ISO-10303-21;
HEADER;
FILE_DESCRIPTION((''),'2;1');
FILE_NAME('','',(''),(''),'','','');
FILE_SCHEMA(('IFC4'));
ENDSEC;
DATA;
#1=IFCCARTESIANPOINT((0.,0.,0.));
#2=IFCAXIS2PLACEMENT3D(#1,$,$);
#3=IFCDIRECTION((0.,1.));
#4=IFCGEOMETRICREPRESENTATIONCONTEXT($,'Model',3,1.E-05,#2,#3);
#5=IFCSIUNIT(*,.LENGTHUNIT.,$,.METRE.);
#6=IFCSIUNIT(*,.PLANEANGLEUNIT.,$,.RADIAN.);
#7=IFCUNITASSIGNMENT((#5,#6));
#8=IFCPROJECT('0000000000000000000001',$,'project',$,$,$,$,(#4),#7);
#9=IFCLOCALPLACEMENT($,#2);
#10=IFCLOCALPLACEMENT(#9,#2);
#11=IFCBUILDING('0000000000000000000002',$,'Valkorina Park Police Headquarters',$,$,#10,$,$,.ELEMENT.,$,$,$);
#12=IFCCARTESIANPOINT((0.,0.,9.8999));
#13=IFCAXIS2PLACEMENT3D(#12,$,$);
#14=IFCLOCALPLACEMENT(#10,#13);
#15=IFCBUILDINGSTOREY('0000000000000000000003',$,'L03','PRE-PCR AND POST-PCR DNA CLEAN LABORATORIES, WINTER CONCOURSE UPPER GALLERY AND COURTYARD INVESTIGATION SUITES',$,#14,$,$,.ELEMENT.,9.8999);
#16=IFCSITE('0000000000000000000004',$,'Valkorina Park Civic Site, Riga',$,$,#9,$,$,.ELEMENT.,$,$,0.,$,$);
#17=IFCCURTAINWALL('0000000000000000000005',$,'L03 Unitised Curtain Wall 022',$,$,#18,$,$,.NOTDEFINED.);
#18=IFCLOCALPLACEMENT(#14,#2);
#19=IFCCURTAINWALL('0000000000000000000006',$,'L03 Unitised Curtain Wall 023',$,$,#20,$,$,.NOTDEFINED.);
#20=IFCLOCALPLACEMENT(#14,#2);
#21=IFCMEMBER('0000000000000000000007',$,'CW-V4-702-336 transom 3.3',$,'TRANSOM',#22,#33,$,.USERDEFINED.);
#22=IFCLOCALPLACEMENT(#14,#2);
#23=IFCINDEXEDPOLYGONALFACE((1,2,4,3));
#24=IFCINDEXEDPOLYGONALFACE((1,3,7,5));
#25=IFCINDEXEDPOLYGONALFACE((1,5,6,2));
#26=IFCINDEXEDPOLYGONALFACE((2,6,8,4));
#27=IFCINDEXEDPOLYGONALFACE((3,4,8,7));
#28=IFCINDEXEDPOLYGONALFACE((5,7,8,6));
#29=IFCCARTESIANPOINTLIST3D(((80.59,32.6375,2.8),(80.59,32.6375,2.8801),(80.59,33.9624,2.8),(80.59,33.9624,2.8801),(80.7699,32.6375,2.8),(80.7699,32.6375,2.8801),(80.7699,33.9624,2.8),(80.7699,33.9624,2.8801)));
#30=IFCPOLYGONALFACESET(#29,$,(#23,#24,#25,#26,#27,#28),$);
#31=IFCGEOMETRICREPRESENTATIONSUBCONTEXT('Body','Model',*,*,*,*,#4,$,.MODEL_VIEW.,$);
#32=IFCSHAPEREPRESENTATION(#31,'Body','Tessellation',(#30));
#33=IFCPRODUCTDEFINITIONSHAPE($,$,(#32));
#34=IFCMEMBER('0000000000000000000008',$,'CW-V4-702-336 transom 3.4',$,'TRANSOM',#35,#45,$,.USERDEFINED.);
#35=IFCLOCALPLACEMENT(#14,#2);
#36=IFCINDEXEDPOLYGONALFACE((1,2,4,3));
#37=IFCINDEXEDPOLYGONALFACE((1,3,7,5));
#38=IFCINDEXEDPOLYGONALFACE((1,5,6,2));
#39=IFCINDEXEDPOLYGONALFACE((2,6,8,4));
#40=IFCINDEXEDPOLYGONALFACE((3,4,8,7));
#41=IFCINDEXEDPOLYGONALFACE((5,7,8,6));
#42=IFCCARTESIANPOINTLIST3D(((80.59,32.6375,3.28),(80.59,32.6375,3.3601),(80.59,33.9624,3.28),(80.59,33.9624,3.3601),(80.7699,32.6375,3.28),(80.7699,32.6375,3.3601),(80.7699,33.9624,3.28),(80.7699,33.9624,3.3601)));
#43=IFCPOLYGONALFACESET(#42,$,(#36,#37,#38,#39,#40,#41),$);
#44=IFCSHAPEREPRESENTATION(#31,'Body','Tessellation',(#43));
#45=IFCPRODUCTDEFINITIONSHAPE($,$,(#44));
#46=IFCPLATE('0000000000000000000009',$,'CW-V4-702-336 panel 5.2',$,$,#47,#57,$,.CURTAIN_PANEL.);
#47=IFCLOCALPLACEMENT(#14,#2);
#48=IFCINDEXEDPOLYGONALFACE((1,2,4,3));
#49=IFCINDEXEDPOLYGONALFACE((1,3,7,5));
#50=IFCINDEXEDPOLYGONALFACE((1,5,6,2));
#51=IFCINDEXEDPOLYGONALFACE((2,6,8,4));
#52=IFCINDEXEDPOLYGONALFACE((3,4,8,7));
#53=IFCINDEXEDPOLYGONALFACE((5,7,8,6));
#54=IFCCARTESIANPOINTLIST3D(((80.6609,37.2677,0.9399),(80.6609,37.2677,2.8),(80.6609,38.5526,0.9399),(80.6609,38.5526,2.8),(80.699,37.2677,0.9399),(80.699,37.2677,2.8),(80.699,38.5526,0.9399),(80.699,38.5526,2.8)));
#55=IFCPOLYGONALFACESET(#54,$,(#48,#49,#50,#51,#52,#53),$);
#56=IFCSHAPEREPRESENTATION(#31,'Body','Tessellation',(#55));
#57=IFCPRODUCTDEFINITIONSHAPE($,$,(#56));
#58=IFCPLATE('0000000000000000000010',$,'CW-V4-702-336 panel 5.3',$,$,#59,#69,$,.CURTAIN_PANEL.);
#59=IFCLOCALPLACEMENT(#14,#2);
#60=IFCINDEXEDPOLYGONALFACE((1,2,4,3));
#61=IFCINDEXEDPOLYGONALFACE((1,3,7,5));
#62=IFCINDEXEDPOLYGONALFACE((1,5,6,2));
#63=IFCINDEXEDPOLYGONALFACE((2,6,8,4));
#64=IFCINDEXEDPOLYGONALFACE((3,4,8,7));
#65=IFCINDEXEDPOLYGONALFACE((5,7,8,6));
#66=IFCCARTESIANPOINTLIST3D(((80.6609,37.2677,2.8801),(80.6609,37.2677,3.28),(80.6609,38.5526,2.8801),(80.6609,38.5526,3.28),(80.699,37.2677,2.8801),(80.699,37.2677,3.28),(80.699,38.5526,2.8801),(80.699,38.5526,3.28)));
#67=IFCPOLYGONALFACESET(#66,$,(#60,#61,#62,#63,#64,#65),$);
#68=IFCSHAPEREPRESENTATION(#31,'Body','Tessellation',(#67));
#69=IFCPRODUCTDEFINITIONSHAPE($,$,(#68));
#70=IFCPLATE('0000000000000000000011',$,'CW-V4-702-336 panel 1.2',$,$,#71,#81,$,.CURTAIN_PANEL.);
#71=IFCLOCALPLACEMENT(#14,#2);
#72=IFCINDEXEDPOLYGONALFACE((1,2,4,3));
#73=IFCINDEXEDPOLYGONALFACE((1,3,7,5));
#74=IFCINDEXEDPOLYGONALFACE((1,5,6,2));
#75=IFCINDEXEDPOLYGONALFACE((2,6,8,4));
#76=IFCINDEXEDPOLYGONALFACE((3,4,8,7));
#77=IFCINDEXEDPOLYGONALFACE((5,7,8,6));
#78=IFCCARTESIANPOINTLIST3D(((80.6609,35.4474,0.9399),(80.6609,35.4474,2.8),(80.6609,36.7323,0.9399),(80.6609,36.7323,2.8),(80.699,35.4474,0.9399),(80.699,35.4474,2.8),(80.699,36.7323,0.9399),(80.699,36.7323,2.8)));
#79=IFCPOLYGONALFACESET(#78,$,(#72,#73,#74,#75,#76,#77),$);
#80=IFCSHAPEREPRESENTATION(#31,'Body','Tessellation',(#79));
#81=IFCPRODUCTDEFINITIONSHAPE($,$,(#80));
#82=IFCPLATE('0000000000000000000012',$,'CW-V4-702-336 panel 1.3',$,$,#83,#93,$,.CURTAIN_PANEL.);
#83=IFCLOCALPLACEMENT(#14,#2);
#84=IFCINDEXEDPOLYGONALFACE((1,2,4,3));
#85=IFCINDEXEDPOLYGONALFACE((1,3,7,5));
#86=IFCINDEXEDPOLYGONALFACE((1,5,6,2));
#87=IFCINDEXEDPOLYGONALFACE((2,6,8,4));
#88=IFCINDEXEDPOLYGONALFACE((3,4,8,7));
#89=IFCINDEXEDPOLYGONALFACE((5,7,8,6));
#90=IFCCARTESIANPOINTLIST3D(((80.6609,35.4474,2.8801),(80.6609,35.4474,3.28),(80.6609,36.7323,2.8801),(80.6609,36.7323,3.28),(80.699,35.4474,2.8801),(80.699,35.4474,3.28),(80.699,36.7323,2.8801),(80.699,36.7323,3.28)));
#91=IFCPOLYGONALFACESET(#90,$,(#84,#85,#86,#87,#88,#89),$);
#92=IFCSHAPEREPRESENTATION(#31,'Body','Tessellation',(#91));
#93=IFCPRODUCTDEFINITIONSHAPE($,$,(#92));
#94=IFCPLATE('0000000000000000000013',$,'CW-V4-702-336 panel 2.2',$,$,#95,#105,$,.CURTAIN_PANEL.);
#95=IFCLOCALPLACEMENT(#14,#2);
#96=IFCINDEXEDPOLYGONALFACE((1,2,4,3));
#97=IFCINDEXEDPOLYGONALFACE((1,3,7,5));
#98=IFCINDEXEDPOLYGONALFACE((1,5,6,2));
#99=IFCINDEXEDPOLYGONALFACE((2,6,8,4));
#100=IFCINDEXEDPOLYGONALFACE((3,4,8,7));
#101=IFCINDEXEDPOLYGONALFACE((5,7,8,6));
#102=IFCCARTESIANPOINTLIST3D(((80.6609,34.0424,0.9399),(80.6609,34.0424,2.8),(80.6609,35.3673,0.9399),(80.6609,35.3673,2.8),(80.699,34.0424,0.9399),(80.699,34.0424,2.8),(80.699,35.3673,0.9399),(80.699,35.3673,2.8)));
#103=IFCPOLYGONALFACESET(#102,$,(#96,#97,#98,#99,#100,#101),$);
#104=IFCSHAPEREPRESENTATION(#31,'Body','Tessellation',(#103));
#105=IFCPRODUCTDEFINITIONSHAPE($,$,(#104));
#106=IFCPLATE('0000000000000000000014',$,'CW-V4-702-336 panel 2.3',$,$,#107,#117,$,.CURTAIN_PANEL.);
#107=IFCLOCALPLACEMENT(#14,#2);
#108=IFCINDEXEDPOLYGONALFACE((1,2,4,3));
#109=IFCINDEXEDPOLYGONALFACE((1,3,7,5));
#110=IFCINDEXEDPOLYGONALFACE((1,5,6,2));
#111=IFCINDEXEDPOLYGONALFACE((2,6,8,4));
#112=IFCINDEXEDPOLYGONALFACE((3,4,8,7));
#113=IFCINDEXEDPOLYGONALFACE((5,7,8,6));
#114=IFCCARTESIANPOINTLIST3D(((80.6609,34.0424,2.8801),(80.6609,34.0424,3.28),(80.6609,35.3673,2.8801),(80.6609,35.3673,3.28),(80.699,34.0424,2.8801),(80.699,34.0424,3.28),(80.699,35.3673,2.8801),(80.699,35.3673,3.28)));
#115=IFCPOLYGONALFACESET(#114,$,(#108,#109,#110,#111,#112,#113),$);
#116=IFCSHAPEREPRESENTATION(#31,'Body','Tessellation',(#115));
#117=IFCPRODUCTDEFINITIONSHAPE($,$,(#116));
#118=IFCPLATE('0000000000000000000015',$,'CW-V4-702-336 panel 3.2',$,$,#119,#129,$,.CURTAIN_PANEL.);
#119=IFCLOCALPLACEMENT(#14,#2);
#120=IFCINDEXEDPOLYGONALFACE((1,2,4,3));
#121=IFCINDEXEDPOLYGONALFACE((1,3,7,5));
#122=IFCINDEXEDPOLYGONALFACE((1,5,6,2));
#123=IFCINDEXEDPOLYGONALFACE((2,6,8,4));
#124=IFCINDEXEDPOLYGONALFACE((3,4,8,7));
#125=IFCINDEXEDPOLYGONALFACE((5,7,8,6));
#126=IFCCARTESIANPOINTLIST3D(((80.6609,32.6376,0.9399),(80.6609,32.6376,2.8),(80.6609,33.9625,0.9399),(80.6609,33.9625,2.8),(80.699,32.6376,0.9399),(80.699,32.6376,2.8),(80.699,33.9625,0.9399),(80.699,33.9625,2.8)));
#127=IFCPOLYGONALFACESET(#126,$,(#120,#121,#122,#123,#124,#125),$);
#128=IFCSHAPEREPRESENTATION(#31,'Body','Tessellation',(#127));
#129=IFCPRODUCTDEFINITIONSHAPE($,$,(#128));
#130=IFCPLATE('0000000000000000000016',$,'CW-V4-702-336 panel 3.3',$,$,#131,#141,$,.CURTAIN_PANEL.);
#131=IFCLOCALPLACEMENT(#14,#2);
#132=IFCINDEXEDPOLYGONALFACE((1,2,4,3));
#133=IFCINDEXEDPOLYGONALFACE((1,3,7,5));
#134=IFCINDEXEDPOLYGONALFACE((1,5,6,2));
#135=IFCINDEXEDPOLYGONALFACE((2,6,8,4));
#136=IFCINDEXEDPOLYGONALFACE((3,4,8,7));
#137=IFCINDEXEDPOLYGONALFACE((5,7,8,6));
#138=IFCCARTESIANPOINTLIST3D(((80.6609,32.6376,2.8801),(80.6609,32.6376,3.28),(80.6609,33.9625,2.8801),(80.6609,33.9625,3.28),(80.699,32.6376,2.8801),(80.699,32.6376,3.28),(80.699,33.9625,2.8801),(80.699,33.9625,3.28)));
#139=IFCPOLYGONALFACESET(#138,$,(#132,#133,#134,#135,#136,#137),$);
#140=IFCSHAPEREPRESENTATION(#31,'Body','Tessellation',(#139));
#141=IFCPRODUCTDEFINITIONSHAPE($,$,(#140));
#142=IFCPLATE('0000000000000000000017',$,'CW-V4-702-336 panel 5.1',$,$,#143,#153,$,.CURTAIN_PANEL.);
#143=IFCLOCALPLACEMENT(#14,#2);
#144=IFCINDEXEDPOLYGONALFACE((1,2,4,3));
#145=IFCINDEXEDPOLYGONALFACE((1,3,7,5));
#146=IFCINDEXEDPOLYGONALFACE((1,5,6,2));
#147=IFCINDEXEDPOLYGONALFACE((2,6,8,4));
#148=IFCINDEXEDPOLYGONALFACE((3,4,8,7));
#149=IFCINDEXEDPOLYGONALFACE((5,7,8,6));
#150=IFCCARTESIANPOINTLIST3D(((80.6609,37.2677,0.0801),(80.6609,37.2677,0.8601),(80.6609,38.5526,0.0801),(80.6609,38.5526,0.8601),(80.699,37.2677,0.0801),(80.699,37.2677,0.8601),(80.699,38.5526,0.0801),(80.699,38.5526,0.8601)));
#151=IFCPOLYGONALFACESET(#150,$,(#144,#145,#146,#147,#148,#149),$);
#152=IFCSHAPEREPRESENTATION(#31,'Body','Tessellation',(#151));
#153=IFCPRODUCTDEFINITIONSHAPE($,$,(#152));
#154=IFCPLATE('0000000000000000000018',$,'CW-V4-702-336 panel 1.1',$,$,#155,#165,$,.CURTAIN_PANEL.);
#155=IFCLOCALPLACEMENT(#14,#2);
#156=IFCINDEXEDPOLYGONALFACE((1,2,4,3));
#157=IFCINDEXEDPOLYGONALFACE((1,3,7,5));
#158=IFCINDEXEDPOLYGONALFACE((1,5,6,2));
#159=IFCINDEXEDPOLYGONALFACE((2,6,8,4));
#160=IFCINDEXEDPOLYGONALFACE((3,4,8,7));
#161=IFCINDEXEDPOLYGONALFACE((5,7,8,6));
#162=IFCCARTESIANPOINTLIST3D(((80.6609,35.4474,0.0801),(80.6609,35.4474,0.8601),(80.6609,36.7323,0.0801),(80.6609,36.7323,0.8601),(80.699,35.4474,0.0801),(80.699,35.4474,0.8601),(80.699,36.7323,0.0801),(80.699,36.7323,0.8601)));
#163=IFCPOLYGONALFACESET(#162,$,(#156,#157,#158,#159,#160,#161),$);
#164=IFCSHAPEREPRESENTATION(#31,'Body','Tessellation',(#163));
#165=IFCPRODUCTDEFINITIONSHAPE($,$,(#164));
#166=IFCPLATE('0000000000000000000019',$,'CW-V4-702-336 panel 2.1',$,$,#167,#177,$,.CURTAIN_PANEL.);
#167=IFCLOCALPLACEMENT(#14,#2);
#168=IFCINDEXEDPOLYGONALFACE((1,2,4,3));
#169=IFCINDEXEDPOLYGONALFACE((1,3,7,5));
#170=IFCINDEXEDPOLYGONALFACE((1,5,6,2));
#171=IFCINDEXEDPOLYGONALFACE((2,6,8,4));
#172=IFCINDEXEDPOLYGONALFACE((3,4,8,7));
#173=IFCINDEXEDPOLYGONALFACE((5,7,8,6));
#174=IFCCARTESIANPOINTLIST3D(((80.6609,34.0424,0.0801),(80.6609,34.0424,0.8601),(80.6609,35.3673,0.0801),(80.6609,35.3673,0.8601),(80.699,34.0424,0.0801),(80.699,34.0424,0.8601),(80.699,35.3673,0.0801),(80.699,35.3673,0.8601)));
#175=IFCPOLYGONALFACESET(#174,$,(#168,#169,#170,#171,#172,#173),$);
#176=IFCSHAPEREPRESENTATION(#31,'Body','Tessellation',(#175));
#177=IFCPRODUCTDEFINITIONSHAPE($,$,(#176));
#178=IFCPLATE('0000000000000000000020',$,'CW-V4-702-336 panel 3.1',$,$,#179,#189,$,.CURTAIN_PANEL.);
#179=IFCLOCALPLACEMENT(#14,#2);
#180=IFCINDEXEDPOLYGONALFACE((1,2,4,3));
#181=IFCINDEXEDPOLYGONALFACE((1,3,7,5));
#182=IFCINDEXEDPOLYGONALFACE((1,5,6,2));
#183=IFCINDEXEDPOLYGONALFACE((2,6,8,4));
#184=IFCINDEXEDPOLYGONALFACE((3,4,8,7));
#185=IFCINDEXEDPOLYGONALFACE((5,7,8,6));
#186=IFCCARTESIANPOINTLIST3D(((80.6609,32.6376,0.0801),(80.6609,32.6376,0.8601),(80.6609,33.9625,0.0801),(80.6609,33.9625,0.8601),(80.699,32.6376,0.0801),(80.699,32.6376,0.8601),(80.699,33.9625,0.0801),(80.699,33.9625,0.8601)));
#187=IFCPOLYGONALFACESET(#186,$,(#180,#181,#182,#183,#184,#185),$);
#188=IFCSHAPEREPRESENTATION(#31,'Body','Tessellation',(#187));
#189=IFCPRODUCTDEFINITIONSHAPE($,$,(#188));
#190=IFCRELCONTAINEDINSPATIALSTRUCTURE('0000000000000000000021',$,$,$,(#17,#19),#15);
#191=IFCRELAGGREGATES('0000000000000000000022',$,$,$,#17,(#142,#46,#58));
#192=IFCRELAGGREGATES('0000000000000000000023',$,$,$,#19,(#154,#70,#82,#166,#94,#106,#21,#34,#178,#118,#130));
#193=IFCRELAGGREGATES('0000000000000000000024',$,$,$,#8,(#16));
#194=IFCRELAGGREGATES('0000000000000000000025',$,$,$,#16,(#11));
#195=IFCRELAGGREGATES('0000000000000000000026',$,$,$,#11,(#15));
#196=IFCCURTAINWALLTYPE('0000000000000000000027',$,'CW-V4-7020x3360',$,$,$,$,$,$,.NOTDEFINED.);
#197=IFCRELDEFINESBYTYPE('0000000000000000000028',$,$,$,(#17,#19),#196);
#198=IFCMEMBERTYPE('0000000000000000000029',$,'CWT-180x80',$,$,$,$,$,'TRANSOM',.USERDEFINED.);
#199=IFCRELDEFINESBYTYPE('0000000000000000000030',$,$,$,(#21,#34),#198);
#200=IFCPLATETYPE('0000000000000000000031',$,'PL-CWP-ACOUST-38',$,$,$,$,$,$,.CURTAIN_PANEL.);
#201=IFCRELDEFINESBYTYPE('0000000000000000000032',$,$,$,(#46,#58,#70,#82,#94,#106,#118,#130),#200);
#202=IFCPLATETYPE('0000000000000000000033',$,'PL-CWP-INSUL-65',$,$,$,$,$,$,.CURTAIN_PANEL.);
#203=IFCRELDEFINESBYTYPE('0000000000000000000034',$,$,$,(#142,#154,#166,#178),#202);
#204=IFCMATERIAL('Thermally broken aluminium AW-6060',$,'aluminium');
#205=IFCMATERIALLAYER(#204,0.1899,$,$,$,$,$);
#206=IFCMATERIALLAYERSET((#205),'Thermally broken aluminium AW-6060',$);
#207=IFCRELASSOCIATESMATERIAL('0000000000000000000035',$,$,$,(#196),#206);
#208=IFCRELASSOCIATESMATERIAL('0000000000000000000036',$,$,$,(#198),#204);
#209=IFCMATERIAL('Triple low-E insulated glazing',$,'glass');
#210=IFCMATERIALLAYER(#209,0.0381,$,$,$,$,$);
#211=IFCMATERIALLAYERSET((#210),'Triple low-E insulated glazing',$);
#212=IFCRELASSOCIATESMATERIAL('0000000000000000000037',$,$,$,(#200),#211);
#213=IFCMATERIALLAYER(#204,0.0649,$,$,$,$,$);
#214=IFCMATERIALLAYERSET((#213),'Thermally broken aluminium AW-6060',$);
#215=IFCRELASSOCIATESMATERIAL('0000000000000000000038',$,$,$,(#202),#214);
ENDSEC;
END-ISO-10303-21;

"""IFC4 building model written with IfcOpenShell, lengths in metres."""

from ifc_helpers import new_model, si_unit, direction, frame, origin, origin_2d, place, context, subcontext, project, spatial, rectangle, extrude, material, layer, layer_set, material_profile, profile_set, type_object, element, aggregate, save


model = new_model("IFC4")

# Units and contexts
model_context = context("Model", 3, precision=1e-05, world=origin(), true_north=direction((0.0, 1.0)))
body_context = subcontext(model_context, "Body", "Model", "MODEL_VIEW")
ifc_project = project(units=[si_unit("LENGTHUNIT", "METRE"), si_unit("PLANEANGLEUNIT", "RADIAN")], contexts=[model_context])

# Site, building, storey
site_placement = place(None, origin())
site = spatial("IfcSite", under=ifc_project, at=site_placement, Name="Valkorina Park Civic Site, Riga", CompositionType="ELEMENT", RefElevation=0.0)
building_placement = place(site_placement, origin())
building = spatial("IfcBuilding", under=site, at=building_placement, Name="Valkorina Park Police Headquarters", CompositionType="ELEMENT")
storey_placement = place(building_placement, frame((0.0, 0.0, 9.8999)))
storey = spatial("IfcBuildingStorey", under=building, at=storey_placement, Name="L03", Description="PRE-PCR AND POST-PCR DNA CLEAN LABORATORIES, WINTER CONCOURSE UPPER GALLERY AND COURTYARD INVESTIGATION SUITES", CompositionType="ELEMENT", Elevation=9.8999)

# Curtain wall
ifc_material_1 = material(Name="Thermally broken aluminium AW-6060", Category="aluminium")
ifc_layer_1 = layer(ifc_material_1, 0.1899)
ifc_layer_set_1 = layer_set([ifc_layer_1], Name="Thermally broken aluminium AW-6060")
curtain_wall_type = type_object("IfcCurtainWallType", Name="CW-V4-7020x3360", PredefinedType="NOTDEFINED", material=ifc_layer_set_1)
curtain_wall_1_placement = place(storey_placement, origin())
curtain_wall_1 = element("IfcCurtainWall", 1, at=curtain_wall_1_placement, inside=storey, type_object=curtain_wall_type, Name="L03 Unitised Curtain Wall 022", PredefinedType="NOTDEFINED")

# Curtain wall
curtain_wall_2_placement = place(storey_placement, origin())
curtain_wall_2 = element("IfcCurtainWall", 2, at=curtain_wall_2_placement, inside=storey, type_object=curtain_wall_type, Name="L03 Unitised Curtain Wall 023", PredefinedType="NOTDEFINED")

# Members
ifc_material_profile_1 = material_profile(ifc_material_1, rectangle(XDim=0.1799, YDim=0.0801, at=origin_2d()), Name="CWT-03 180x80")
ifc_profile_set_1 = profile_set([ifc_material_profile_1], Name="Thermally broken aluminium AW-6060")
member_type_1 = type_object("IfcMemberType", Name="CWT-180x80", ElementType="TRANSOM", PredefinedType="USERDEFINED", material=ifc_profile_set_1)
member_1_placement = place(storey_placement, frame((80.6799, 33.9624, 2.8401), z_axis=(0.0, -1.0, 0.0), x_axis=(1.0, 0.0, 0.0)))
member_1 = element("IfcMember", 3, at=member_1_placement, type_object=member_type_1, Name="CW-V4-702-336 transom 3.3", ObjectType="TRANSOM", PredefinedType="USERDEFINED", context=body_context, shape_type="SweptSolid", body=[
    extrude(rectangle(XDim=0.1799, YDim=0.0801, at=origin_2d()), origin(), (0.0, 0.0, 1.0), 1.325),
])
member_2_placement = place(storey_placement, frame((80.6799, 33.9624, 3.3201), z_axis=(0.0, -1.0, 0.0), x_axis=(1.0, 0.0, 0.0)))
member_2 = element("IfcMember", 4, at=member_2_placement, type_object=member_type_1, Name="CW-V4-702-336 transom 3.4", ObjectType="TRANSOM", PredefinedType="USERDEFINED", context=body_context, shape_type="SweptSolid", body=[
    extrude(rectangle(XDim=0.1799, YDim=0.0801, at=origin_2d()), origin(), (0.0, 0.0, 1.0), 1.325),
])

# Plates
ifc_material_2 = material(Name="Triple low-E insulated glazing", Category="glass")
ifc_layer_2 = layer(ifc_material_2, 0.0381)
ifc_layer_set_2 = layer_set([ifc_layer_2], Name="Triple low-E insulated glazing")
plate_type_1 = type_object("IfcPlateType", Name="PL-CWP-ACOUST-38", PredefinedType="CURTAIN_PANEL", material=ifc_layer_set_2)
plate_1_placement = place(storey_placement, frame((80.6799, 37.9102, 0.9399), z_axis=(0.0, 0.0, 1.0), x_axis=(0.0, -1.0, 0.0)))
plate_1 = element("IfcPlate", 5, at=plate_1_placement, type_object=plate_type_1, Name="CW-V4-702-336 panel 5.2", PredefinedType="CURTAIN_PANEL", context=body_context, shape_type="SweptSolid", body=[
    extrude(rectangle(XDim=1.2849, YDim=0.0381, at=origin_2d()), origin(), (0.0, 0.0, 1.0), 1.8601),
])
plate_2_placement = place(storey_placement, frame((80.6799, 37.9102, 2.8801), z_axis=(0.0, 0.0, 1.0), x_axis=(0.0, -1.0, 0.0)))
plate_2 = element("IfcPlate", 6, at=plate_2_placement, type_object=plate_type_1, Name="CW-V4-702-336 panel 5.3", PredefinedType="CURTAIN_PANEL", context=body_context, shape_type="SweptSolid", body=[
    extrude(rectangle(XDim=1.2849, YDim=0.0381, at=origin_2d()), origin(), (0.0, 0.0, 1.0), 0.3999),
])
plate_3_placement = place(storey_placement, frame((80.6799, 36.0898, 0.9399), z_axis=(0.0, 0.0, 1.0), x_axis=(0.0, -1.0, 0.0)))
plate_3 = element("IfcPlate", 7, at=plate_3_placement, type_object=plate_type_1, Name="CW-V4-702-336 panel 1.2", PredefinedType="CURTAIN_PANEL", context=body_context, shape_type="SweptSolid", body=[
    extrude(rectangle(XDim=1.2849, YDim=0.0381, at=origin_2d()), origin(), (0.0, 0.0, 1.0), 1.8601),
])
plate_4_placement = place(storey_placement, frame((80.6799, 36.0898, 2.8801), z_axis=(0.0, 0.0, 1.0), x_axis=(0.0, -1.0, 0.0)))
plate_4 = element("IfcPlate", 8, at=plate_4_placement, type_object=plate_type_1, Name="CW-V4-702-336 panel 1.3", PredefinedType="CURTAIN_PANEL", context=body_context, shape_type="SweptSolid", body=[
    extrude(rectangle(XDim=1.2849, YDim=0.0381, at=origin_2d()), origin(), (0.0, 0.0, 1.0), 0.3999),
])
plate_5_placement = place(storey_placement, frame((80.6799, 34.7048, 0.9399), z_axis=(0.0, 0.0, 1.0), x_axis=(0.0, -1.0, 0.0)))
plate_5 = element("IfcPlate", 9, at=plate_5_placement, type_object=plate_type_1, Name="CW-V4-702-336 panel 2.2", PredefinedType="CURTAIN_PANEL", context=body_context, shape_type="SweptSolid", body=[
    extrude(rectangle(XDim=1.325, YDim=0.0381, at=origin_2d()), origin(), (0.0, 0.0, 1.0), 1.8601),
])
plate_6_placement = place(storey_placement, frame((80.6799, 34.7048, 2.8801), z_axis=(0.0, 0.0, 1.0), x_axis=(0.0, -1.0, 0.0)))
plate_6 = element("IfcPlate", 10, at=plate_6_placement, type_object=plate_type_1, Name="CW-V4-702-336 panel 2.3", PredefinedType="CURTAIN_PANEL", context=body_context, shape_type="SweptSolid", body=[
    extrude(rectangle(XDim=1.325, YDim=0.0381, at=origin_2d()), origin(), (0.0, 0.0, 1.0), 0.3999),
])
plate_7_placement = place(storey_placement, frame((80.6799, 33.3, 0.9399), z_axis=(0.0, 0.0, 1.0), x_axis=(0.0, -1.0, 0.0)))
plate_7 = element("IfcPlate", 11, at=plate_7_placement, type_object=plate_type_1, Name="CW-V4-702-336 panel 3.2", PredefinedType="CURTAIN_PANEL", context=body_context, shape_type="SweptSolid", body=[
    extrude(rectangle(XDim=1.325, YDim=0.0381, at=origin_2d()), origin(), (0.0, 0.0, 1.0), 1.8601),
])
plate_8_placement = place(storey_placement, frame((80.6799, 33.3, 2.8801), z_axis=(0.0, 0.0, 1.0), x_axis=(0.0, -1.0, 0.0)))
plate_8 = element("IfcPlate", 12, at=plate_8_placement, type_object=plate_type_1, Name="CW-V4-702-336 panel 3.3", PredefinedType="CURTAIN_PANEL", context=body_context, shape_type="SweptSolid", body=[
    extrude(rectangle(XDim=1.325, YDim=0.0381, at=origin_2d()), origin(), (0.0, 0.0, 1.0), 0.3999),
])
ifc_layer_3 = layer(ifc_material_1, 0.0649)
ifc_layer_set_3 = layer_set([ifc_layer_3], Name="Thermally broken aluminium AW-6060")
plate_type_2 = type_object("IfcPlateType", Name="PL-CWP-INSUL-65", PredefinedType="CURTAIN_PANEL", material=ifc_layer_set_3)
plate_9_placement = place(storey_placement, frame((80.6799, 37.9102, 0.0801), z_axis=(0.0, 0.0, 1.0), x_axis=(0.0, -1.0, 0.0)))
plate_9 = element("IfcPlate", 13, at=plate_9_placement, type_object=plate_type_2, Name="CW-V4-702-336 panel 5.1", PredefinedType="CURTAIN_PANEL", context=body_context, shape_type="SweptSolid", body=[
    extrude(rectangle(XDim=1.2849, YDim=0.0381, at=origin_2d()), origin(), (0.0, 0.0, 1.0), 0.78),
])
aggregate(curtain_wall_1, [plate_9, plate_1, plate_2])
plate_10_placement = place(storey_placement, frame((80.6799, 36.0898, 0.0801), z_axis=(0.0, 0.0, 1.0), x_axis=(0.0, -1.0, 0.0)))
plate_10 = element("IfcPlate", 14, at=plate_10_placement, type_object=plate_type_2, Name="CW-V4-702-336 panel 1.1", PredefinedType="CURTAIN_PANEL", context=body_context, shape_type="SweptSolid", body=[
    extrude(rectangle(XDim=1.2849, YDim=0.0381, at=origin_2d()), origin(), (0.0, 0.0, 1.0), 0.78),
])
plate_11_placement = place(storey_placement, frame((80.6799, 34.7048, 0.0801), z_axis=(0.0, 0.0, 1.0), x_axis=(0.0, -1.0, 0.0)))
plate_11 = element("IfcPlate", 15, at=plate_11_placement, type_object=plate_type_2, Name="CW-V4-702-336 panel 2.1", PredefinedType="CURTAIN_PANEL", context=body_context, shape_type="SweptSolid", body=[
    extrude(rectangle(XDim=1.325, YDim=0.0381, at=origin_2d()), origin(), (0.0, 0.0, 1.0), 0.78),
])
plate_12_placement = place(storey_placement, frame((80.6799, 33.3, 0.0801), z_axis=(0.0, 0.0, 1.0), x_axis=(0.0, -1.0, 0.0)))
plate_12 = element("IfcPlate", 16, at=plate_12_placement, type_object=plate_type_2, Name="CW-V4-702-336 panel 3.1", PredefinedType="CURTAIN_PANEL", context=body_context, shape_type="SweptSolid", body=[
    extrude(rectangle(XDim=1.325, YDim=0.0381, at=origin_2d()), origin(), (0.0, 0.0, 1.0), 0.78),
])
aggregate(curtain_wall_2, [plate_10, plate_3, plate_4, plate_11, plate_5, plate_6, member_1, member_2, plate_12, plate_7, plate_8])

save(model, "model.ifc")
